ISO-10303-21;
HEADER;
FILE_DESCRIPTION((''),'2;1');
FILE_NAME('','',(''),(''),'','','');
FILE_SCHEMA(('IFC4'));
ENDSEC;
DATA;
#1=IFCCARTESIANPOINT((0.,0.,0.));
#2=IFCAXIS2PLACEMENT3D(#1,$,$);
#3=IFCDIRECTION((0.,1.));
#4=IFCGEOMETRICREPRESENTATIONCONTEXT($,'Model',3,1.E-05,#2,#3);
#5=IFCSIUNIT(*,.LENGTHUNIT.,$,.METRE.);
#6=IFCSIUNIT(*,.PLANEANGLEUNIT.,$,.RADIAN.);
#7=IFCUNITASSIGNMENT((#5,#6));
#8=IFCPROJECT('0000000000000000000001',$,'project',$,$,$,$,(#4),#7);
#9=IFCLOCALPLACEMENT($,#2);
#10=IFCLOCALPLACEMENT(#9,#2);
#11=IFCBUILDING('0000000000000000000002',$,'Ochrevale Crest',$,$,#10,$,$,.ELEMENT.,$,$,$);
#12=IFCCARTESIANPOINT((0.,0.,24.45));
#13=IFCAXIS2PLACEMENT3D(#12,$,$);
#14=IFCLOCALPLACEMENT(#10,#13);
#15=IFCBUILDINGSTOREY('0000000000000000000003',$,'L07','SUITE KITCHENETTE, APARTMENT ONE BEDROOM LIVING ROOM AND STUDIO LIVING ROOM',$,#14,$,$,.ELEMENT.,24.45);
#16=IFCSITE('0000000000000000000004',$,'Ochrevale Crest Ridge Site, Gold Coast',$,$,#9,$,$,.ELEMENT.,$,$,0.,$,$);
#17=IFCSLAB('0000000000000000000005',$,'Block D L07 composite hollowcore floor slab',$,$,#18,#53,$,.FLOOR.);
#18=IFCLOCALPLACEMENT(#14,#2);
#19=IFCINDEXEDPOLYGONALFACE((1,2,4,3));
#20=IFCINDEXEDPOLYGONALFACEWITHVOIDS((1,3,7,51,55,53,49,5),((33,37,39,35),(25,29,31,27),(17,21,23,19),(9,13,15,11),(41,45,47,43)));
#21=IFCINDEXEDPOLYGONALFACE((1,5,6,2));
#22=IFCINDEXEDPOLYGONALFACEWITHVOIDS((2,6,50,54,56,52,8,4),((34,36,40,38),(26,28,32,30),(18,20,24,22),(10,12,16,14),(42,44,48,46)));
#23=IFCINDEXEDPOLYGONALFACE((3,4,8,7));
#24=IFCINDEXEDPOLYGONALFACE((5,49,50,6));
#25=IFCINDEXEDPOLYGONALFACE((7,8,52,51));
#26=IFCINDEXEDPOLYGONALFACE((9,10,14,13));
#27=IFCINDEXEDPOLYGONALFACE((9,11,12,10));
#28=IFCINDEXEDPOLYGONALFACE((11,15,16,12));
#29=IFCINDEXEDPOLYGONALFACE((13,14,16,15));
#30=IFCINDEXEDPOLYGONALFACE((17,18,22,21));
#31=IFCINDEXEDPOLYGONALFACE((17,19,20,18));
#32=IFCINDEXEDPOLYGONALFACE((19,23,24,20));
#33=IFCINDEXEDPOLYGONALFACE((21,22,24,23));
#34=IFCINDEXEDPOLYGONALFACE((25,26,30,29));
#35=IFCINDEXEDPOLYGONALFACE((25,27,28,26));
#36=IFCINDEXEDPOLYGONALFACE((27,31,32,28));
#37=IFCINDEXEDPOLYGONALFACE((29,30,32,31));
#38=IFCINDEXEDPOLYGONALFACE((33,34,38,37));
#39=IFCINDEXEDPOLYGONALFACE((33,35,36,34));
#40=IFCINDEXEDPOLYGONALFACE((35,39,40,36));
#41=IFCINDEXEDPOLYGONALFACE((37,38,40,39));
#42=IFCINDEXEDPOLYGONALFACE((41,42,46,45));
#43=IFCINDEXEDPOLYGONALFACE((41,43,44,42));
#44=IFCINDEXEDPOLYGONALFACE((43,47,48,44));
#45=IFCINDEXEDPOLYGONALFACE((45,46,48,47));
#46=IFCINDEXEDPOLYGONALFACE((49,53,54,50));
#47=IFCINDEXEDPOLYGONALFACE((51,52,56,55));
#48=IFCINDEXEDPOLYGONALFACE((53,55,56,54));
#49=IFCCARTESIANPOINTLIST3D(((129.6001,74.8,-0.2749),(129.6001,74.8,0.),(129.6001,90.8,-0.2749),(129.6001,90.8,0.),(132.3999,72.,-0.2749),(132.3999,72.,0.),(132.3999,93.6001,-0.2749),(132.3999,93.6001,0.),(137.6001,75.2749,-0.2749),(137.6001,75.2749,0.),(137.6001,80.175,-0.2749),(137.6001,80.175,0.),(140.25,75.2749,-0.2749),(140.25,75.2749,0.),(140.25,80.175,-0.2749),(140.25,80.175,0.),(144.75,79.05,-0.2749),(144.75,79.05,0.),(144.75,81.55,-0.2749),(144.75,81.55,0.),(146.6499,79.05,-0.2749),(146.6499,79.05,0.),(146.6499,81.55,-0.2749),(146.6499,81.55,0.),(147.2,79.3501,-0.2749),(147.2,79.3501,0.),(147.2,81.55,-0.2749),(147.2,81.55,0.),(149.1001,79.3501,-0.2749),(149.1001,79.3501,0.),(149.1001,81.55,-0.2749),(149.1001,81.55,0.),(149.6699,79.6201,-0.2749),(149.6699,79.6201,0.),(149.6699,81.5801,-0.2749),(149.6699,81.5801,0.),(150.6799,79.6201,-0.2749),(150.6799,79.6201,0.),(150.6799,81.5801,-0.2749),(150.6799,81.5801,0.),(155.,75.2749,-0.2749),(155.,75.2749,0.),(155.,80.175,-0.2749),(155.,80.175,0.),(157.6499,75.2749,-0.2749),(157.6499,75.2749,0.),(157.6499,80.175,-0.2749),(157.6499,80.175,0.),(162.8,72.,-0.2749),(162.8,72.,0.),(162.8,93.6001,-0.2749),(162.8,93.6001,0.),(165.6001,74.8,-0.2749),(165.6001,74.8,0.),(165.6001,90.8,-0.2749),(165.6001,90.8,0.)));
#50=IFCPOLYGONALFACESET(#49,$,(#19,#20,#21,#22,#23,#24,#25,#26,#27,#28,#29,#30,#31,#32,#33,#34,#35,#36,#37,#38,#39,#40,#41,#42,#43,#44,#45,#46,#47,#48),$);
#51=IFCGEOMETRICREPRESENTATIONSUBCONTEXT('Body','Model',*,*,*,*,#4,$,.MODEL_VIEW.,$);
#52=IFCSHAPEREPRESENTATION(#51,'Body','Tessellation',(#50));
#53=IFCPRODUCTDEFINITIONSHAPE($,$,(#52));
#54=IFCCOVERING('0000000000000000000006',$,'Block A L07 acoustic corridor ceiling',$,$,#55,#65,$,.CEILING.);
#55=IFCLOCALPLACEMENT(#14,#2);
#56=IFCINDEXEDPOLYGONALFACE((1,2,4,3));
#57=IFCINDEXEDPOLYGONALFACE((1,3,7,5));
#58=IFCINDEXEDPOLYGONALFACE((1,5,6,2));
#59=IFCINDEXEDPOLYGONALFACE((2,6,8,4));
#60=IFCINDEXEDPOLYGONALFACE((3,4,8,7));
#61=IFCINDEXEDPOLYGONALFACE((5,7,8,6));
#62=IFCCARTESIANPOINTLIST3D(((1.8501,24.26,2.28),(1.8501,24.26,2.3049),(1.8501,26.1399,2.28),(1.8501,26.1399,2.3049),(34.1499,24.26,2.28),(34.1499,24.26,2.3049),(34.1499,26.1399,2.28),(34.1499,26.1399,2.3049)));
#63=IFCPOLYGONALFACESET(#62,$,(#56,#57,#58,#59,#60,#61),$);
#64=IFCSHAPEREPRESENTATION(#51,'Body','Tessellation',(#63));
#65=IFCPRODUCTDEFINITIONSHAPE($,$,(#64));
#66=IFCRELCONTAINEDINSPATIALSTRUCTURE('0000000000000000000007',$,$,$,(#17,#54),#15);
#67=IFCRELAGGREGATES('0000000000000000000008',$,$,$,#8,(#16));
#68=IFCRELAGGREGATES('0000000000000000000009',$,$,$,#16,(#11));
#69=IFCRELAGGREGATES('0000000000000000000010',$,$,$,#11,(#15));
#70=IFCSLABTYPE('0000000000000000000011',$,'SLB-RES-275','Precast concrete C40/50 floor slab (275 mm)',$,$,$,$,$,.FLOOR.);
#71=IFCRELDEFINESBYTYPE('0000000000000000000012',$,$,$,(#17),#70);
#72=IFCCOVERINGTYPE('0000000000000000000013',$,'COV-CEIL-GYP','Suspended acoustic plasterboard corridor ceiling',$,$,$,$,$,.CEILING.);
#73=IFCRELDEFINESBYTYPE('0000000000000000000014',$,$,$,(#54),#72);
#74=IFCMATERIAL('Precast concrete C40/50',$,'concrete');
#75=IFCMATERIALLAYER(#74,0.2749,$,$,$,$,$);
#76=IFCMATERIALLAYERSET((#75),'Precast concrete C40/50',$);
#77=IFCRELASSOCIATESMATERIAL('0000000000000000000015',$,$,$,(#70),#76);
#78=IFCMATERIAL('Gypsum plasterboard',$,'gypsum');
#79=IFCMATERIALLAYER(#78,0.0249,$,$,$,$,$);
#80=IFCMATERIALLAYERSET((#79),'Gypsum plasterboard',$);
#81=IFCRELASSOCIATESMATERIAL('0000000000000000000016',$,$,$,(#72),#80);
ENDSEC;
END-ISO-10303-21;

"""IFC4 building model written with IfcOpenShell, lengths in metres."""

from ifc_helpers import new_model, si_unit, direction, frame, origin, place, context, subcontext, project, spatial, polyline, outline, extrude, material, layer, layer_set, type_object, element, save


model = new_model("IFC4")

# Units and contexts
model_context = context("Model", 3, precision=1e-05, world=origin(), true_north=direction((0.0, 1.0)))
body_context = subcontext(model_context, "Body", "Model", "MODEL_VIEW")
ifc_project = project(units=[si_unit("LENGTHUNIT", "METRE"), si_unit("PLANEANGLEUNIT", "RADIAN")], contexts=[model_context])

# Site, building, storey
site_placement = place(None, origin())
site = spatial("IfcSite", under=ifc_project, at=site_placement, Name="Ochrevale Crest Ridge Site, Gold Coast", CompositionType="ELEMENT", RefElevation=0.0)
building_placement = place(site_placement, origin())
building = spatial("IfcBuilding", under=site, at=building_placement, Name="Ochrevale Crest", CompositionType="ELEMENT")
storey_placement = place(building_placement, frame((0.0, 0.0, 24.45)))
storey = spatial("IfcBuildingStorey", under=building, at=storey_placement, Name="L07", Description="SUITE KITCHENETTE, APARTMENT ONE BEDROOM LIVING ROOM AND STUDIO LIVING ROOM", CompositionType="ELEMENT", Elevation=24.45)

# Slab
ifc_material_1 = material(Name="Precast concrete C40/50", Category="concrete")
ifc_layer_1 = layer(ifc_material_1, 0.2749)
ifc_layer_set_1 = layer_set([ifc_layer_1], Name="Precast concrete C40/50")
slab_type_1 = type_object("IfcSlabType", Name="SLB-RES-275", Description="Precast concrete C40/50 floor slab (275 mm)", PredefinedType="FLOOR", material=ifc_layer_set_1)
slab_1_placement = place(storey_placement, frame((0.0, 0.0, -0.2749)))
element("IfcSlab", 1, at=slab_1_placement, inside=storey, type_object=slab_type_1, Name="Block D L07 composite hollowcore floor slab", PredefinedType="FLOOR", context=body_context, shape_type="SweptSolid", body=[
    extrude(outline(polyline([(132.3999, 72.0), (162.8, 72.0), (165.6001, 74.8), (165.6001, 90.8), (162.8, 93.6001), (132.3999, 93.6001), (129.6001, 90.8), (129.6001, 74.8), (132.3999, 72.0)]), holes=[polyline([(137.6001, 80.175), (137.6001, 75.2749), (140.25, 75.2749), (140.25, 80.175), (137.6001, 80.175)]), polyline([(155.0, 80.175), (155.0, 75.2749), (157.6499, 75.2749), (157.6499, 80.175), (155.0, 80.175)]), polyline([(144.75, 79.05), (146.6499, 79.05), (146.6499, 81.55), (144.75, 81.55), (144.75, 79.05)]), polyline([(147.2, 79.3501), (149.1001, 79.3501), (149.1001, 81.55), (147.2, 81.55), (147.2, 79.3501)]), polyline([(149.6699, 79.6201), (150.6799, 79.6201), (150.6799, 81.5801), (149.6699, 81.5801), (149.6699, 79.6201)])]), origin(), (0.0, 0.0, 1.0), 0.2749),
])

# Covering
ifc_material_2 = material(Name="Gypsum plasterboard", Category="gypsum")
ifc_layer_2 = layer(ifc_material_2, 0.0249)
ifc_layer_set_2 = layer_set([ifc_layer_2], Name="Gypsum plasterboard")
covering_type = type_object("IfcCoveringType", Name="COV-CEIL-GYP", Description="Suspended acoustic plasterboard corridor ceiling", PredefinedType="CEILING", material=ifc_layer_set_2)
covering_placement = place(storey_placement, frame((0.0, 0.0, 2.28)))
element("IfcCovering", 2, at=covering_placement, inside=storey, type_object=covering_type, Name="Block A L07 acoustic corridor ceiling", PredefinedType="CEILING", context=body_context, shape_type="SweptSolid", body=[
    extrude(outline(polyline([(1.8501, 24.26), (34.1499, 24.26), (34.1499, 26.1399), (1.8501, 26.1399), (1.8501, 24.26)])), origin(), (0.0, 0.0, 1.0), 0.0249),
])

save(model, "model.ifc")
